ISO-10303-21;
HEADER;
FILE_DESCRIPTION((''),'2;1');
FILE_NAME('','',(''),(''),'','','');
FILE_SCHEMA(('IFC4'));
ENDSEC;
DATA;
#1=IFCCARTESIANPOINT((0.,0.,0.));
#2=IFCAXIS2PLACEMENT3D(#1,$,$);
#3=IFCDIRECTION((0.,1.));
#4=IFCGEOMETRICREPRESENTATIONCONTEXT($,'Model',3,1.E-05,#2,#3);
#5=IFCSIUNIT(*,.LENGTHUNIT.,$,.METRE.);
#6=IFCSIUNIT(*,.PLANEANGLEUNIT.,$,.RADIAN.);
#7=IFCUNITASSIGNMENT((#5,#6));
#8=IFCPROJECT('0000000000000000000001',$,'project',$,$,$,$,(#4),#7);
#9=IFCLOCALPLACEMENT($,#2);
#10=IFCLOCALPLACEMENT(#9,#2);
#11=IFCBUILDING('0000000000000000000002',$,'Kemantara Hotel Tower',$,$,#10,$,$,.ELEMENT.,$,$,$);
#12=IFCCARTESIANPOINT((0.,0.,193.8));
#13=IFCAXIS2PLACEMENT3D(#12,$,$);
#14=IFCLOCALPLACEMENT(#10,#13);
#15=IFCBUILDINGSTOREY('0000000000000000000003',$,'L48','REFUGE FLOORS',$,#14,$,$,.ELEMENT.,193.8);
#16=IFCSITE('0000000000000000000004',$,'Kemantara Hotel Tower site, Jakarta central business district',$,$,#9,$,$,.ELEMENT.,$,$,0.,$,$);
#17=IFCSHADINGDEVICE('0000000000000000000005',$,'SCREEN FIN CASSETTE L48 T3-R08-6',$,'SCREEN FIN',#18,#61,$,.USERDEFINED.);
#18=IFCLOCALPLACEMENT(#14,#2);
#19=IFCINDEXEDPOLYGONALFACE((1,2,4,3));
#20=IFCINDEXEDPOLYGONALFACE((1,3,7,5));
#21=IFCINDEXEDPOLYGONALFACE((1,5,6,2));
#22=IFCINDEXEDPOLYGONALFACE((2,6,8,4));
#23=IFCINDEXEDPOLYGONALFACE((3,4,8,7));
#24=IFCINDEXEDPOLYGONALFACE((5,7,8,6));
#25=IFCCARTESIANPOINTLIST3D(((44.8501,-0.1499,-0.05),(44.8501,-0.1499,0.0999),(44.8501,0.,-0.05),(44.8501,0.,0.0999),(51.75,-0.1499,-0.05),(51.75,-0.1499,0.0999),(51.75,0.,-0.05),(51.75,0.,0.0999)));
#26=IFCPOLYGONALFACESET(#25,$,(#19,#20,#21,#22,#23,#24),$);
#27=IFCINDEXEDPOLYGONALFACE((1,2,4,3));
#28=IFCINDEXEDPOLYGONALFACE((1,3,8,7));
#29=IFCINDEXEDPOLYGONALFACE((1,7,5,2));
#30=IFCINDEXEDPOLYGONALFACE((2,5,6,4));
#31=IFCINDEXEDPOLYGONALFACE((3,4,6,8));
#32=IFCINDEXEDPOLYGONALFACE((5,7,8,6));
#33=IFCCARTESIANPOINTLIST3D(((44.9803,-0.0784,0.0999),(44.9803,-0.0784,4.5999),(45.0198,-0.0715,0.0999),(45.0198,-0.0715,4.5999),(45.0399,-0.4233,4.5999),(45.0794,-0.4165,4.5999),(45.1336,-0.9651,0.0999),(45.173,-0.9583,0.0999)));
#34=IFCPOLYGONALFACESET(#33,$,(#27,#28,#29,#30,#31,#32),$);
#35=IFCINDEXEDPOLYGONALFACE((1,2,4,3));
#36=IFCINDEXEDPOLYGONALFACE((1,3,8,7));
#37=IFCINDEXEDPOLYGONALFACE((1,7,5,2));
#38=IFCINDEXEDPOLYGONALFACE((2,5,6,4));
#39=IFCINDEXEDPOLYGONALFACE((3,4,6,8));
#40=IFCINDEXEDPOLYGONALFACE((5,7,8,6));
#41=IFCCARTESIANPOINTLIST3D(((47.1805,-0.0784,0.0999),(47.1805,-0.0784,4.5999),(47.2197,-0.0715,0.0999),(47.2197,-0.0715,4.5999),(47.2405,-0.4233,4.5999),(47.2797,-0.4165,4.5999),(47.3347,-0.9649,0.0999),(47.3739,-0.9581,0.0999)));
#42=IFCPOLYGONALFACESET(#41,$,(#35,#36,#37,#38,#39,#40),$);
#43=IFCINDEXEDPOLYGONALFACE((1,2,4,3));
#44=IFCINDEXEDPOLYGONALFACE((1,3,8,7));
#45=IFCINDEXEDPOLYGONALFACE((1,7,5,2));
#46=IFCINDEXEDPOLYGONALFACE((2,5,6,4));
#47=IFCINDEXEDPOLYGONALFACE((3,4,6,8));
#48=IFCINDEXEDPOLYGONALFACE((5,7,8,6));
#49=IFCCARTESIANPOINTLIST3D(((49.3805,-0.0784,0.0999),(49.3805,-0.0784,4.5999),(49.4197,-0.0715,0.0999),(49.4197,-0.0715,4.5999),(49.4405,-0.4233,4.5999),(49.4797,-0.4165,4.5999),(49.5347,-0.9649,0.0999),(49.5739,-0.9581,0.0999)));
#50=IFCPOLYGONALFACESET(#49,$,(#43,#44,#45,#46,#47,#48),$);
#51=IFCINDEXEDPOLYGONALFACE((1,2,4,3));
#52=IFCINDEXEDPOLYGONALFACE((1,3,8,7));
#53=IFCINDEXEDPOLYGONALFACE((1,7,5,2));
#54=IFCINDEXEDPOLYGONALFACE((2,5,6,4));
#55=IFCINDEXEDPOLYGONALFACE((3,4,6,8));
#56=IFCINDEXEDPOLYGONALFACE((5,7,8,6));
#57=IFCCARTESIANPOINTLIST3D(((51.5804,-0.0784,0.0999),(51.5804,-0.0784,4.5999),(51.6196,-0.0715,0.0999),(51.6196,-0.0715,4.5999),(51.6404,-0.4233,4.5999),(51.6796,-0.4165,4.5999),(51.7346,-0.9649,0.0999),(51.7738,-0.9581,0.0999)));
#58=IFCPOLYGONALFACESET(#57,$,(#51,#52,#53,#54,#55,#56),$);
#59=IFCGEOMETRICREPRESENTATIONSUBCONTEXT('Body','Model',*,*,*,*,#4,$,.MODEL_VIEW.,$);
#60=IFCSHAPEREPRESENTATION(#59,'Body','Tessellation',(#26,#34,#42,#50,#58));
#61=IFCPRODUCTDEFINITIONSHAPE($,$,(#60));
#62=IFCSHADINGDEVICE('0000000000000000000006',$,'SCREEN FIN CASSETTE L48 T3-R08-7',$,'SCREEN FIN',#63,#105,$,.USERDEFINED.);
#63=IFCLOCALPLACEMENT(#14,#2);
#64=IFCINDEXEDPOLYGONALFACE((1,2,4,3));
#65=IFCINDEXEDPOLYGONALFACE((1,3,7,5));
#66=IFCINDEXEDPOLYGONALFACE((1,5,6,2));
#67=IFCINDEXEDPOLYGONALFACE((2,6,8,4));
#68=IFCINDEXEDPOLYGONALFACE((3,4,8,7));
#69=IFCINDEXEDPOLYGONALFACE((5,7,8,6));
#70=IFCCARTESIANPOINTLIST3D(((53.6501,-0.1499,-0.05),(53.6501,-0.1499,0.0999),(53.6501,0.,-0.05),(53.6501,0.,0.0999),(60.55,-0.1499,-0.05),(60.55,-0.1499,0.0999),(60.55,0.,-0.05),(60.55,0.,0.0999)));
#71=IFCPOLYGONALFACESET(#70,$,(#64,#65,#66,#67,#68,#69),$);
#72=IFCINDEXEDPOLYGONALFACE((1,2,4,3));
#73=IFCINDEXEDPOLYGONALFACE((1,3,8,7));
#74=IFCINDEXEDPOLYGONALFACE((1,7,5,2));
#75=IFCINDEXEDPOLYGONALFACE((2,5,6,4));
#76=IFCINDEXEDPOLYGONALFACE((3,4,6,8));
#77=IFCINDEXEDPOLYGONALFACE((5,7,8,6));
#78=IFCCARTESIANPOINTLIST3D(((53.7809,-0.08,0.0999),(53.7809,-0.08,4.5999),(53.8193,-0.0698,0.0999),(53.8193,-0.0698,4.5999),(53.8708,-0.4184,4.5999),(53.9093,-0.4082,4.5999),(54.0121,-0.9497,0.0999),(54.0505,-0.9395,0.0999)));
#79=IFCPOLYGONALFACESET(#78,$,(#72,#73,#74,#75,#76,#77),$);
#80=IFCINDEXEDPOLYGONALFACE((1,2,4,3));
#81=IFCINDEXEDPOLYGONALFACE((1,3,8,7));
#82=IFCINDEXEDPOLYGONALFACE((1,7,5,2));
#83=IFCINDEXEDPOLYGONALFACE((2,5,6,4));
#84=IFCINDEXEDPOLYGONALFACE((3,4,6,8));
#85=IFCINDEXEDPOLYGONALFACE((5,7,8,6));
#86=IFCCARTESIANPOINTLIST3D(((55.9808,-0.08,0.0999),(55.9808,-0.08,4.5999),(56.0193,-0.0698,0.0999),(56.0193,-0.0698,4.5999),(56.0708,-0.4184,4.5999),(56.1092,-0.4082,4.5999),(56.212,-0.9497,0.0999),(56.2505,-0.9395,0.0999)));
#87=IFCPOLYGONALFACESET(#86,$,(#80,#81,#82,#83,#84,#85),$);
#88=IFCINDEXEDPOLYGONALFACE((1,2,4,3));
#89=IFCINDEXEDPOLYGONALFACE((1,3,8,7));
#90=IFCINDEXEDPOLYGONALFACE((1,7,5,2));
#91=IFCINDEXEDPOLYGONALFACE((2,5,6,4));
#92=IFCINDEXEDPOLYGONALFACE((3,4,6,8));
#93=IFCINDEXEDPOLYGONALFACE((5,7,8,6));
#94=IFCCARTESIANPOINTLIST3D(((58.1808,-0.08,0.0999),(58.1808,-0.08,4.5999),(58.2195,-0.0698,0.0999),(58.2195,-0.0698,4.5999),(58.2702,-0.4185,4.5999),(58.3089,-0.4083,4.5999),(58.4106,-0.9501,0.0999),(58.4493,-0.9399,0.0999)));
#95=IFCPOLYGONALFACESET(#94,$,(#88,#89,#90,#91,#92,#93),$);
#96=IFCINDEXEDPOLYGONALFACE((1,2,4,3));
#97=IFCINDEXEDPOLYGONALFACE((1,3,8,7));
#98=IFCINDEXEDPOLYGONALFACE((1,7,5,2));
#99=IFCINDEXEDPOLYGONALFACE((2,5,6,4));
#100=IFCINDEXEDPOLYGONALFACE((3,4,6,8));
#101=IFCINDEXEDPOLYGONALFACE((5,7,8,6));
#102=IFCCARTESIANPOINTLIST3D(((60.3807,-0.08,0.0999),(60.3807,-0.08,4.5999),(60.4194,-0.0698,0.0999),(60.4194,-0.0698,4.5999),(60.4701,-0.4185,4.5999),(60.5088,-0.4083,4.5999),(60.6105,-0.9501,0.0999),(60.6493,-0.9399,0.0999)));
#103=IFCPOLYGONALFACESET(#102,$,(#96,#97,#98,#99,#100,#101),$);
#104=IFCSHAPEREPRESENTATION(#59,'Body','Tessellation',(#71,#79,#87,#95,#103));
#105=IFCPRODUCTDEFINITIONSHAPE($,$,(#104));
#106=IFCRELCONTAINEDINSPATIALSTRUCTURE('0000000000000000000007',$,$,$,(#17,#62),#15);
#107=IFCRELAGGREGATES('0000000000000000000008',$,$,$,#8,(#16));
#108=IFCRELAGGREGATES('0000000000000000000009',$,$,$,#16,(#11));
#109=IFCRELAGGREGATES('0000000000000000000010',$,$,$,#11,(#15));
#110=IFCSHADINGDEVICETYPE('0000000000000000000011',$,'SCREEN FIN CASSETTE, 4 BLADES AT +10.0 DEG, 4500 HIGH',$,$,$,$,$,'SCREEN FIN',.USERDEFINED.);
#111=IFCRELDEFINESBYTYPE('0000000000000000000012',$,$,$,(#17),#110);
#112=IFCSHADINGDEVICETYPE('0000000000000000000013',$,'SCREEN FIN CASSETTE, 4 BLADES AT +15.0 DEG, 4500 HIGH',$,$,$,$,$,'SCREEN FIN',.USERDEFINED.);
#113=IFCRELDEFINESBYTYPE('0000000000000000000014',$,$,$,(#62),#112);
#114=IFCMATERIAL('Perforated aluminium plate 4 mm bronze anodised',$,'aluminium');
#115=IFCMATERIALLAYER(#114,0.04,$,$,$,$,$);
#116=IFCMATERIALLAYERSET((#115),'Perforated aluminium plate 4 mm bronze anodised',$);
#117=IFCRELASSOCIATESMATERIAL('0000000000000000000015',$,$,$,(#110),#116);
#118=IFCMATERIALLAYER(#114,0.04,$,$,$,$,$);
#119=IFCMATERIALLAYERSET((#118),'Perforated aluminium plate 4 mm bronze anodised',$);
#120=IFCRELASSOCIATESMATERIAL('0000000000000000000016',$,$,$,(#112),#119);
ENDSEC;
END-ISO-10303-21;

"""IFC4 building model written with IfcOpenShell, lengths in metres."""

from ifc_helpers import new_model, si_unit, direction, frame, origin, origin_2d, place, context, subcontext, project, spatial, polyline, rectangle, outline, extrude, source, transform, mapped, material, layer, layer_set, type_object, element, save


model = new_model("IFC4")

# Units and contexts
model_context = context("Model", 3, precision=1e-05, world=origin(), true_north=direction((0.0, 1.0)))
body_context = subcontext(model_context, "Body", "Model", "MODEL_VIEW")
ifc_project = project(units=[si_unit("LENGTHUNIT", "METRE"), si_unit("PLANEANGLEUNIT", "RADIAN")], contexts=[model_context])

# Site, building, storey
site_placement = place(None, origin())
site = spatial("IfcSite", under=ifc_project, at=site_placement, Name="Kemantara Hotel Tower site, Jakarta central business district", CompositionType="ELEMENT", RefElevation=0.0)
building_placement = place(site_placement, origin())
building = spatial("IfcBuilding", under=site, at=building_placement, Name="Kemantara Hotel Tower", CompositionType="ELEMENT")
storey_placement = place(building_placement, frame((0.0, 0.0, 193.8)))
storey = spatial("IfcBuildingStorey", under=building, at=storey_placement, Name="L48", Description="REFUGE FLOORS", CompositionType="ELEMENT", Elevation=193.8)

# Shading devices
ifc_material_1 = material(Name="Perforated aluminium plate 4 mm bronze anodised", Category="aluminium")
ifc_layer_1 = layer(ifc_material_1, 0.04)
ifc_layer_set_1 = layer_set([ifc_layer_1], Name="Perforated aluminium plate 4 mm bronze anodised")
shading_device_type_1 = type_object("IfcShadingDeviceType", Name="SCREEN FIN CASSETTE, 4 BLADES AT +10.0 DEG, 4500 HIGH", ElementType="SCREEN FIN", PredefinedType="USERDEFINED", material=ifc_layer_set_1)
shared_shape_1 = source(origin(), body_context, "Body", "SweptSolid", [
    extrude(rectangle(XDim=6.8999, YDim=0.1499, at=origin_2d()), frame((3.3, -0.075, -0.1499), z_axis=(0.0, 0.0, 1.0), x_axis=(1.0, 0.0, 0.0)), (0.0, 0.0, 1.0), 0.1499),
    extrude(outline(polyline([(0.0, 0.0), (0.8999, 0.0), (0.3501, 4.5), (0.0, 4.5), (0.0, 0.0)])), frame((0.0198, -0.0715, 0.0), z_axis=(-0.98539, -0.170314, 0.0), x_axis=(0.170314, -0.98539, 0.0)), (0.0, 0.0, 1.0), 0.04),
    extrude(outline(polyline([(0.0, 0.0), (0.8999, 0.0), (0.3501, 4.5), (0.0, 4.5), (0.0, 0.0)])), frame((2.2197, -0.0715, 0.0), z_axis=(-0.985212, -0.171341, 0.0), x_axis=(0.171341, -0.985212, 0.0)), (0.0, 0.0, 1.0), 0.0398),
    extrude(outline(polyline([(0.0, 0.0), (0.8999, 0.0), (0.3501, 4.5), (0.0, 4.5), (0.0, 0.0)])), frame((4.4197, -0.0715, 0.0), z_axis=(-0.985212, -0.171341, 0.0), x_axis=(0.171341, -0.985212, 0.0)), (0.0, 0.0, 1.0), 0.0398),
    extrude(outline(polyline([(0.0, 0.0), (0.8999, 0.0), (0.3501, 4.5), (0.0, 4.5), (0.0, 0.0)])), frame((6.6196, -0.0715, 0.0), z_axis=(-0.985212, -0.171341, 0.0), x_axis=(0.171341, -0.985212, 0.0)), (0.0, 0.0, 1.0), 0.0398),
])
shading_device_1_placement = place(storey_placement, frame((45.0, 0.0, 0.0999), z_axis=(0.0, 0.0, 1.0), x_axis=(1.0, 0.0, 0.0)))
element("IfcShadingDevice", 1, at=shading_device_1_placement, inside=storey, type_object=shading_device_type_1, Name="SCREEN FIN CASSETTE L48 T3-R08-6", ObjectType="SCREEN FIN", PredefinedType="USERDEFINED", context=body_context, shape_type="MappedRepresentation", body=[
    mapped(shared_shape_1, transform((0.0, 0.0, 0.0))),
])
ifc_layer_2 = layer(ifc_material_1, 0.04)
ifc_layer_set_2 = layer_set([ifc_layer_2], Name="Perforated aluminium plate 4 mm bronze anodised")
shading_device_type_2 = type_object("IfcShadingDeviceType", Name="SCREEN FIN CASSETTE, 4 BLADES AT +15.0 DEG, 4500 HIGH", ElementType="SCREEN FIN", PredefinedType="USERDEFINED", material=ifc_layer_set_2)
shared_shape_2 = source(origin(), body_context, "Body", "SweptSolid", [
    extrude(rectangle(XDim=6.8999, YDim=0.1499, at=origin_2d()), frame((3.3, -0.075, -0.1499), z_axis=(0.0, 0.0, 1.0), x_axis=(1.0, 0.0, 0.0)), (0.0, 0.0, 1.0), 0.1499),
    extrude(outline(polyline([(0.0, 0.0), (0.8999, 0.0), (0.3501, 4.5), (0.0, 4.5), (0.0, 0.0)])), frame((0.0193, -0.0698, 0.0), z_axis=(-0.966438, -0.256901, 0.0), x_axis=(0.256901, -0.966438, 0.0)), (0.0, 0.0, 1.0), 0.0398),
    extrude(outline(polyline([(0.0, 0.0), (0.8999, 0.0), (0.3501, 4.5), (0.0, 4.5), (0.0, 0.0)])), frame((2.2192, -0.0698, 0.0), z_axis=(-0.966438, -0.256901, 0.0), x_axis=(0.256901, -0.966438, 0.0)), (0.0, 0.0, 1.0), 0.0398),
    extrude(outline(polyline([(0.0, 0.0), (0.8999, 0.0), (0.3501, 4.5), (0.0, 4.5), (0.0, 0.0)])), frame((4.4194, -0.0698, 0.0), z_axis=(-0.966838, -0.255391, 0.0), x_axis=(0.255391, -0.966838, 0.0)), (0.0, 0.0, 1.0), 0.04),
    extrude(outline(polyline([(0.0, 0.0), (0.8999, 0.0), (0.3501, 4.5), (0.0, 4.5), (0.0, 0.0)])), frame((6.6194, -0.0698, 0.0), z_axis=(-0.966838, -0.255391, 0.0), x_axis=(0.255391, -0.966838, 0.0)), (0.0, 0.0, 1.0), 0.04),
])
shading_device_2_placement = place(storey_placement, frame((53.8, 0.0, 0.0999), z_axis=(0.0, 0.0, 1.0), x_axis=(1.0, 0.0, 0.0)))
element("IfcShadingDevice", 2, at=shading_device_2_placement, inside=storey, type_object=shading_device_type_2, Name="SCREEN FIN CASSETTE L48 T3-R08-7", ObjectType="SCREEN FIN", PredefinedType="USERDEFINED", context=body_context, shape_type="MappedRepresentation", body=[
    mapped(shared_shape_2, transform((0.0, 0.0, 0.0))),
])

save(model, "model.ifc")
